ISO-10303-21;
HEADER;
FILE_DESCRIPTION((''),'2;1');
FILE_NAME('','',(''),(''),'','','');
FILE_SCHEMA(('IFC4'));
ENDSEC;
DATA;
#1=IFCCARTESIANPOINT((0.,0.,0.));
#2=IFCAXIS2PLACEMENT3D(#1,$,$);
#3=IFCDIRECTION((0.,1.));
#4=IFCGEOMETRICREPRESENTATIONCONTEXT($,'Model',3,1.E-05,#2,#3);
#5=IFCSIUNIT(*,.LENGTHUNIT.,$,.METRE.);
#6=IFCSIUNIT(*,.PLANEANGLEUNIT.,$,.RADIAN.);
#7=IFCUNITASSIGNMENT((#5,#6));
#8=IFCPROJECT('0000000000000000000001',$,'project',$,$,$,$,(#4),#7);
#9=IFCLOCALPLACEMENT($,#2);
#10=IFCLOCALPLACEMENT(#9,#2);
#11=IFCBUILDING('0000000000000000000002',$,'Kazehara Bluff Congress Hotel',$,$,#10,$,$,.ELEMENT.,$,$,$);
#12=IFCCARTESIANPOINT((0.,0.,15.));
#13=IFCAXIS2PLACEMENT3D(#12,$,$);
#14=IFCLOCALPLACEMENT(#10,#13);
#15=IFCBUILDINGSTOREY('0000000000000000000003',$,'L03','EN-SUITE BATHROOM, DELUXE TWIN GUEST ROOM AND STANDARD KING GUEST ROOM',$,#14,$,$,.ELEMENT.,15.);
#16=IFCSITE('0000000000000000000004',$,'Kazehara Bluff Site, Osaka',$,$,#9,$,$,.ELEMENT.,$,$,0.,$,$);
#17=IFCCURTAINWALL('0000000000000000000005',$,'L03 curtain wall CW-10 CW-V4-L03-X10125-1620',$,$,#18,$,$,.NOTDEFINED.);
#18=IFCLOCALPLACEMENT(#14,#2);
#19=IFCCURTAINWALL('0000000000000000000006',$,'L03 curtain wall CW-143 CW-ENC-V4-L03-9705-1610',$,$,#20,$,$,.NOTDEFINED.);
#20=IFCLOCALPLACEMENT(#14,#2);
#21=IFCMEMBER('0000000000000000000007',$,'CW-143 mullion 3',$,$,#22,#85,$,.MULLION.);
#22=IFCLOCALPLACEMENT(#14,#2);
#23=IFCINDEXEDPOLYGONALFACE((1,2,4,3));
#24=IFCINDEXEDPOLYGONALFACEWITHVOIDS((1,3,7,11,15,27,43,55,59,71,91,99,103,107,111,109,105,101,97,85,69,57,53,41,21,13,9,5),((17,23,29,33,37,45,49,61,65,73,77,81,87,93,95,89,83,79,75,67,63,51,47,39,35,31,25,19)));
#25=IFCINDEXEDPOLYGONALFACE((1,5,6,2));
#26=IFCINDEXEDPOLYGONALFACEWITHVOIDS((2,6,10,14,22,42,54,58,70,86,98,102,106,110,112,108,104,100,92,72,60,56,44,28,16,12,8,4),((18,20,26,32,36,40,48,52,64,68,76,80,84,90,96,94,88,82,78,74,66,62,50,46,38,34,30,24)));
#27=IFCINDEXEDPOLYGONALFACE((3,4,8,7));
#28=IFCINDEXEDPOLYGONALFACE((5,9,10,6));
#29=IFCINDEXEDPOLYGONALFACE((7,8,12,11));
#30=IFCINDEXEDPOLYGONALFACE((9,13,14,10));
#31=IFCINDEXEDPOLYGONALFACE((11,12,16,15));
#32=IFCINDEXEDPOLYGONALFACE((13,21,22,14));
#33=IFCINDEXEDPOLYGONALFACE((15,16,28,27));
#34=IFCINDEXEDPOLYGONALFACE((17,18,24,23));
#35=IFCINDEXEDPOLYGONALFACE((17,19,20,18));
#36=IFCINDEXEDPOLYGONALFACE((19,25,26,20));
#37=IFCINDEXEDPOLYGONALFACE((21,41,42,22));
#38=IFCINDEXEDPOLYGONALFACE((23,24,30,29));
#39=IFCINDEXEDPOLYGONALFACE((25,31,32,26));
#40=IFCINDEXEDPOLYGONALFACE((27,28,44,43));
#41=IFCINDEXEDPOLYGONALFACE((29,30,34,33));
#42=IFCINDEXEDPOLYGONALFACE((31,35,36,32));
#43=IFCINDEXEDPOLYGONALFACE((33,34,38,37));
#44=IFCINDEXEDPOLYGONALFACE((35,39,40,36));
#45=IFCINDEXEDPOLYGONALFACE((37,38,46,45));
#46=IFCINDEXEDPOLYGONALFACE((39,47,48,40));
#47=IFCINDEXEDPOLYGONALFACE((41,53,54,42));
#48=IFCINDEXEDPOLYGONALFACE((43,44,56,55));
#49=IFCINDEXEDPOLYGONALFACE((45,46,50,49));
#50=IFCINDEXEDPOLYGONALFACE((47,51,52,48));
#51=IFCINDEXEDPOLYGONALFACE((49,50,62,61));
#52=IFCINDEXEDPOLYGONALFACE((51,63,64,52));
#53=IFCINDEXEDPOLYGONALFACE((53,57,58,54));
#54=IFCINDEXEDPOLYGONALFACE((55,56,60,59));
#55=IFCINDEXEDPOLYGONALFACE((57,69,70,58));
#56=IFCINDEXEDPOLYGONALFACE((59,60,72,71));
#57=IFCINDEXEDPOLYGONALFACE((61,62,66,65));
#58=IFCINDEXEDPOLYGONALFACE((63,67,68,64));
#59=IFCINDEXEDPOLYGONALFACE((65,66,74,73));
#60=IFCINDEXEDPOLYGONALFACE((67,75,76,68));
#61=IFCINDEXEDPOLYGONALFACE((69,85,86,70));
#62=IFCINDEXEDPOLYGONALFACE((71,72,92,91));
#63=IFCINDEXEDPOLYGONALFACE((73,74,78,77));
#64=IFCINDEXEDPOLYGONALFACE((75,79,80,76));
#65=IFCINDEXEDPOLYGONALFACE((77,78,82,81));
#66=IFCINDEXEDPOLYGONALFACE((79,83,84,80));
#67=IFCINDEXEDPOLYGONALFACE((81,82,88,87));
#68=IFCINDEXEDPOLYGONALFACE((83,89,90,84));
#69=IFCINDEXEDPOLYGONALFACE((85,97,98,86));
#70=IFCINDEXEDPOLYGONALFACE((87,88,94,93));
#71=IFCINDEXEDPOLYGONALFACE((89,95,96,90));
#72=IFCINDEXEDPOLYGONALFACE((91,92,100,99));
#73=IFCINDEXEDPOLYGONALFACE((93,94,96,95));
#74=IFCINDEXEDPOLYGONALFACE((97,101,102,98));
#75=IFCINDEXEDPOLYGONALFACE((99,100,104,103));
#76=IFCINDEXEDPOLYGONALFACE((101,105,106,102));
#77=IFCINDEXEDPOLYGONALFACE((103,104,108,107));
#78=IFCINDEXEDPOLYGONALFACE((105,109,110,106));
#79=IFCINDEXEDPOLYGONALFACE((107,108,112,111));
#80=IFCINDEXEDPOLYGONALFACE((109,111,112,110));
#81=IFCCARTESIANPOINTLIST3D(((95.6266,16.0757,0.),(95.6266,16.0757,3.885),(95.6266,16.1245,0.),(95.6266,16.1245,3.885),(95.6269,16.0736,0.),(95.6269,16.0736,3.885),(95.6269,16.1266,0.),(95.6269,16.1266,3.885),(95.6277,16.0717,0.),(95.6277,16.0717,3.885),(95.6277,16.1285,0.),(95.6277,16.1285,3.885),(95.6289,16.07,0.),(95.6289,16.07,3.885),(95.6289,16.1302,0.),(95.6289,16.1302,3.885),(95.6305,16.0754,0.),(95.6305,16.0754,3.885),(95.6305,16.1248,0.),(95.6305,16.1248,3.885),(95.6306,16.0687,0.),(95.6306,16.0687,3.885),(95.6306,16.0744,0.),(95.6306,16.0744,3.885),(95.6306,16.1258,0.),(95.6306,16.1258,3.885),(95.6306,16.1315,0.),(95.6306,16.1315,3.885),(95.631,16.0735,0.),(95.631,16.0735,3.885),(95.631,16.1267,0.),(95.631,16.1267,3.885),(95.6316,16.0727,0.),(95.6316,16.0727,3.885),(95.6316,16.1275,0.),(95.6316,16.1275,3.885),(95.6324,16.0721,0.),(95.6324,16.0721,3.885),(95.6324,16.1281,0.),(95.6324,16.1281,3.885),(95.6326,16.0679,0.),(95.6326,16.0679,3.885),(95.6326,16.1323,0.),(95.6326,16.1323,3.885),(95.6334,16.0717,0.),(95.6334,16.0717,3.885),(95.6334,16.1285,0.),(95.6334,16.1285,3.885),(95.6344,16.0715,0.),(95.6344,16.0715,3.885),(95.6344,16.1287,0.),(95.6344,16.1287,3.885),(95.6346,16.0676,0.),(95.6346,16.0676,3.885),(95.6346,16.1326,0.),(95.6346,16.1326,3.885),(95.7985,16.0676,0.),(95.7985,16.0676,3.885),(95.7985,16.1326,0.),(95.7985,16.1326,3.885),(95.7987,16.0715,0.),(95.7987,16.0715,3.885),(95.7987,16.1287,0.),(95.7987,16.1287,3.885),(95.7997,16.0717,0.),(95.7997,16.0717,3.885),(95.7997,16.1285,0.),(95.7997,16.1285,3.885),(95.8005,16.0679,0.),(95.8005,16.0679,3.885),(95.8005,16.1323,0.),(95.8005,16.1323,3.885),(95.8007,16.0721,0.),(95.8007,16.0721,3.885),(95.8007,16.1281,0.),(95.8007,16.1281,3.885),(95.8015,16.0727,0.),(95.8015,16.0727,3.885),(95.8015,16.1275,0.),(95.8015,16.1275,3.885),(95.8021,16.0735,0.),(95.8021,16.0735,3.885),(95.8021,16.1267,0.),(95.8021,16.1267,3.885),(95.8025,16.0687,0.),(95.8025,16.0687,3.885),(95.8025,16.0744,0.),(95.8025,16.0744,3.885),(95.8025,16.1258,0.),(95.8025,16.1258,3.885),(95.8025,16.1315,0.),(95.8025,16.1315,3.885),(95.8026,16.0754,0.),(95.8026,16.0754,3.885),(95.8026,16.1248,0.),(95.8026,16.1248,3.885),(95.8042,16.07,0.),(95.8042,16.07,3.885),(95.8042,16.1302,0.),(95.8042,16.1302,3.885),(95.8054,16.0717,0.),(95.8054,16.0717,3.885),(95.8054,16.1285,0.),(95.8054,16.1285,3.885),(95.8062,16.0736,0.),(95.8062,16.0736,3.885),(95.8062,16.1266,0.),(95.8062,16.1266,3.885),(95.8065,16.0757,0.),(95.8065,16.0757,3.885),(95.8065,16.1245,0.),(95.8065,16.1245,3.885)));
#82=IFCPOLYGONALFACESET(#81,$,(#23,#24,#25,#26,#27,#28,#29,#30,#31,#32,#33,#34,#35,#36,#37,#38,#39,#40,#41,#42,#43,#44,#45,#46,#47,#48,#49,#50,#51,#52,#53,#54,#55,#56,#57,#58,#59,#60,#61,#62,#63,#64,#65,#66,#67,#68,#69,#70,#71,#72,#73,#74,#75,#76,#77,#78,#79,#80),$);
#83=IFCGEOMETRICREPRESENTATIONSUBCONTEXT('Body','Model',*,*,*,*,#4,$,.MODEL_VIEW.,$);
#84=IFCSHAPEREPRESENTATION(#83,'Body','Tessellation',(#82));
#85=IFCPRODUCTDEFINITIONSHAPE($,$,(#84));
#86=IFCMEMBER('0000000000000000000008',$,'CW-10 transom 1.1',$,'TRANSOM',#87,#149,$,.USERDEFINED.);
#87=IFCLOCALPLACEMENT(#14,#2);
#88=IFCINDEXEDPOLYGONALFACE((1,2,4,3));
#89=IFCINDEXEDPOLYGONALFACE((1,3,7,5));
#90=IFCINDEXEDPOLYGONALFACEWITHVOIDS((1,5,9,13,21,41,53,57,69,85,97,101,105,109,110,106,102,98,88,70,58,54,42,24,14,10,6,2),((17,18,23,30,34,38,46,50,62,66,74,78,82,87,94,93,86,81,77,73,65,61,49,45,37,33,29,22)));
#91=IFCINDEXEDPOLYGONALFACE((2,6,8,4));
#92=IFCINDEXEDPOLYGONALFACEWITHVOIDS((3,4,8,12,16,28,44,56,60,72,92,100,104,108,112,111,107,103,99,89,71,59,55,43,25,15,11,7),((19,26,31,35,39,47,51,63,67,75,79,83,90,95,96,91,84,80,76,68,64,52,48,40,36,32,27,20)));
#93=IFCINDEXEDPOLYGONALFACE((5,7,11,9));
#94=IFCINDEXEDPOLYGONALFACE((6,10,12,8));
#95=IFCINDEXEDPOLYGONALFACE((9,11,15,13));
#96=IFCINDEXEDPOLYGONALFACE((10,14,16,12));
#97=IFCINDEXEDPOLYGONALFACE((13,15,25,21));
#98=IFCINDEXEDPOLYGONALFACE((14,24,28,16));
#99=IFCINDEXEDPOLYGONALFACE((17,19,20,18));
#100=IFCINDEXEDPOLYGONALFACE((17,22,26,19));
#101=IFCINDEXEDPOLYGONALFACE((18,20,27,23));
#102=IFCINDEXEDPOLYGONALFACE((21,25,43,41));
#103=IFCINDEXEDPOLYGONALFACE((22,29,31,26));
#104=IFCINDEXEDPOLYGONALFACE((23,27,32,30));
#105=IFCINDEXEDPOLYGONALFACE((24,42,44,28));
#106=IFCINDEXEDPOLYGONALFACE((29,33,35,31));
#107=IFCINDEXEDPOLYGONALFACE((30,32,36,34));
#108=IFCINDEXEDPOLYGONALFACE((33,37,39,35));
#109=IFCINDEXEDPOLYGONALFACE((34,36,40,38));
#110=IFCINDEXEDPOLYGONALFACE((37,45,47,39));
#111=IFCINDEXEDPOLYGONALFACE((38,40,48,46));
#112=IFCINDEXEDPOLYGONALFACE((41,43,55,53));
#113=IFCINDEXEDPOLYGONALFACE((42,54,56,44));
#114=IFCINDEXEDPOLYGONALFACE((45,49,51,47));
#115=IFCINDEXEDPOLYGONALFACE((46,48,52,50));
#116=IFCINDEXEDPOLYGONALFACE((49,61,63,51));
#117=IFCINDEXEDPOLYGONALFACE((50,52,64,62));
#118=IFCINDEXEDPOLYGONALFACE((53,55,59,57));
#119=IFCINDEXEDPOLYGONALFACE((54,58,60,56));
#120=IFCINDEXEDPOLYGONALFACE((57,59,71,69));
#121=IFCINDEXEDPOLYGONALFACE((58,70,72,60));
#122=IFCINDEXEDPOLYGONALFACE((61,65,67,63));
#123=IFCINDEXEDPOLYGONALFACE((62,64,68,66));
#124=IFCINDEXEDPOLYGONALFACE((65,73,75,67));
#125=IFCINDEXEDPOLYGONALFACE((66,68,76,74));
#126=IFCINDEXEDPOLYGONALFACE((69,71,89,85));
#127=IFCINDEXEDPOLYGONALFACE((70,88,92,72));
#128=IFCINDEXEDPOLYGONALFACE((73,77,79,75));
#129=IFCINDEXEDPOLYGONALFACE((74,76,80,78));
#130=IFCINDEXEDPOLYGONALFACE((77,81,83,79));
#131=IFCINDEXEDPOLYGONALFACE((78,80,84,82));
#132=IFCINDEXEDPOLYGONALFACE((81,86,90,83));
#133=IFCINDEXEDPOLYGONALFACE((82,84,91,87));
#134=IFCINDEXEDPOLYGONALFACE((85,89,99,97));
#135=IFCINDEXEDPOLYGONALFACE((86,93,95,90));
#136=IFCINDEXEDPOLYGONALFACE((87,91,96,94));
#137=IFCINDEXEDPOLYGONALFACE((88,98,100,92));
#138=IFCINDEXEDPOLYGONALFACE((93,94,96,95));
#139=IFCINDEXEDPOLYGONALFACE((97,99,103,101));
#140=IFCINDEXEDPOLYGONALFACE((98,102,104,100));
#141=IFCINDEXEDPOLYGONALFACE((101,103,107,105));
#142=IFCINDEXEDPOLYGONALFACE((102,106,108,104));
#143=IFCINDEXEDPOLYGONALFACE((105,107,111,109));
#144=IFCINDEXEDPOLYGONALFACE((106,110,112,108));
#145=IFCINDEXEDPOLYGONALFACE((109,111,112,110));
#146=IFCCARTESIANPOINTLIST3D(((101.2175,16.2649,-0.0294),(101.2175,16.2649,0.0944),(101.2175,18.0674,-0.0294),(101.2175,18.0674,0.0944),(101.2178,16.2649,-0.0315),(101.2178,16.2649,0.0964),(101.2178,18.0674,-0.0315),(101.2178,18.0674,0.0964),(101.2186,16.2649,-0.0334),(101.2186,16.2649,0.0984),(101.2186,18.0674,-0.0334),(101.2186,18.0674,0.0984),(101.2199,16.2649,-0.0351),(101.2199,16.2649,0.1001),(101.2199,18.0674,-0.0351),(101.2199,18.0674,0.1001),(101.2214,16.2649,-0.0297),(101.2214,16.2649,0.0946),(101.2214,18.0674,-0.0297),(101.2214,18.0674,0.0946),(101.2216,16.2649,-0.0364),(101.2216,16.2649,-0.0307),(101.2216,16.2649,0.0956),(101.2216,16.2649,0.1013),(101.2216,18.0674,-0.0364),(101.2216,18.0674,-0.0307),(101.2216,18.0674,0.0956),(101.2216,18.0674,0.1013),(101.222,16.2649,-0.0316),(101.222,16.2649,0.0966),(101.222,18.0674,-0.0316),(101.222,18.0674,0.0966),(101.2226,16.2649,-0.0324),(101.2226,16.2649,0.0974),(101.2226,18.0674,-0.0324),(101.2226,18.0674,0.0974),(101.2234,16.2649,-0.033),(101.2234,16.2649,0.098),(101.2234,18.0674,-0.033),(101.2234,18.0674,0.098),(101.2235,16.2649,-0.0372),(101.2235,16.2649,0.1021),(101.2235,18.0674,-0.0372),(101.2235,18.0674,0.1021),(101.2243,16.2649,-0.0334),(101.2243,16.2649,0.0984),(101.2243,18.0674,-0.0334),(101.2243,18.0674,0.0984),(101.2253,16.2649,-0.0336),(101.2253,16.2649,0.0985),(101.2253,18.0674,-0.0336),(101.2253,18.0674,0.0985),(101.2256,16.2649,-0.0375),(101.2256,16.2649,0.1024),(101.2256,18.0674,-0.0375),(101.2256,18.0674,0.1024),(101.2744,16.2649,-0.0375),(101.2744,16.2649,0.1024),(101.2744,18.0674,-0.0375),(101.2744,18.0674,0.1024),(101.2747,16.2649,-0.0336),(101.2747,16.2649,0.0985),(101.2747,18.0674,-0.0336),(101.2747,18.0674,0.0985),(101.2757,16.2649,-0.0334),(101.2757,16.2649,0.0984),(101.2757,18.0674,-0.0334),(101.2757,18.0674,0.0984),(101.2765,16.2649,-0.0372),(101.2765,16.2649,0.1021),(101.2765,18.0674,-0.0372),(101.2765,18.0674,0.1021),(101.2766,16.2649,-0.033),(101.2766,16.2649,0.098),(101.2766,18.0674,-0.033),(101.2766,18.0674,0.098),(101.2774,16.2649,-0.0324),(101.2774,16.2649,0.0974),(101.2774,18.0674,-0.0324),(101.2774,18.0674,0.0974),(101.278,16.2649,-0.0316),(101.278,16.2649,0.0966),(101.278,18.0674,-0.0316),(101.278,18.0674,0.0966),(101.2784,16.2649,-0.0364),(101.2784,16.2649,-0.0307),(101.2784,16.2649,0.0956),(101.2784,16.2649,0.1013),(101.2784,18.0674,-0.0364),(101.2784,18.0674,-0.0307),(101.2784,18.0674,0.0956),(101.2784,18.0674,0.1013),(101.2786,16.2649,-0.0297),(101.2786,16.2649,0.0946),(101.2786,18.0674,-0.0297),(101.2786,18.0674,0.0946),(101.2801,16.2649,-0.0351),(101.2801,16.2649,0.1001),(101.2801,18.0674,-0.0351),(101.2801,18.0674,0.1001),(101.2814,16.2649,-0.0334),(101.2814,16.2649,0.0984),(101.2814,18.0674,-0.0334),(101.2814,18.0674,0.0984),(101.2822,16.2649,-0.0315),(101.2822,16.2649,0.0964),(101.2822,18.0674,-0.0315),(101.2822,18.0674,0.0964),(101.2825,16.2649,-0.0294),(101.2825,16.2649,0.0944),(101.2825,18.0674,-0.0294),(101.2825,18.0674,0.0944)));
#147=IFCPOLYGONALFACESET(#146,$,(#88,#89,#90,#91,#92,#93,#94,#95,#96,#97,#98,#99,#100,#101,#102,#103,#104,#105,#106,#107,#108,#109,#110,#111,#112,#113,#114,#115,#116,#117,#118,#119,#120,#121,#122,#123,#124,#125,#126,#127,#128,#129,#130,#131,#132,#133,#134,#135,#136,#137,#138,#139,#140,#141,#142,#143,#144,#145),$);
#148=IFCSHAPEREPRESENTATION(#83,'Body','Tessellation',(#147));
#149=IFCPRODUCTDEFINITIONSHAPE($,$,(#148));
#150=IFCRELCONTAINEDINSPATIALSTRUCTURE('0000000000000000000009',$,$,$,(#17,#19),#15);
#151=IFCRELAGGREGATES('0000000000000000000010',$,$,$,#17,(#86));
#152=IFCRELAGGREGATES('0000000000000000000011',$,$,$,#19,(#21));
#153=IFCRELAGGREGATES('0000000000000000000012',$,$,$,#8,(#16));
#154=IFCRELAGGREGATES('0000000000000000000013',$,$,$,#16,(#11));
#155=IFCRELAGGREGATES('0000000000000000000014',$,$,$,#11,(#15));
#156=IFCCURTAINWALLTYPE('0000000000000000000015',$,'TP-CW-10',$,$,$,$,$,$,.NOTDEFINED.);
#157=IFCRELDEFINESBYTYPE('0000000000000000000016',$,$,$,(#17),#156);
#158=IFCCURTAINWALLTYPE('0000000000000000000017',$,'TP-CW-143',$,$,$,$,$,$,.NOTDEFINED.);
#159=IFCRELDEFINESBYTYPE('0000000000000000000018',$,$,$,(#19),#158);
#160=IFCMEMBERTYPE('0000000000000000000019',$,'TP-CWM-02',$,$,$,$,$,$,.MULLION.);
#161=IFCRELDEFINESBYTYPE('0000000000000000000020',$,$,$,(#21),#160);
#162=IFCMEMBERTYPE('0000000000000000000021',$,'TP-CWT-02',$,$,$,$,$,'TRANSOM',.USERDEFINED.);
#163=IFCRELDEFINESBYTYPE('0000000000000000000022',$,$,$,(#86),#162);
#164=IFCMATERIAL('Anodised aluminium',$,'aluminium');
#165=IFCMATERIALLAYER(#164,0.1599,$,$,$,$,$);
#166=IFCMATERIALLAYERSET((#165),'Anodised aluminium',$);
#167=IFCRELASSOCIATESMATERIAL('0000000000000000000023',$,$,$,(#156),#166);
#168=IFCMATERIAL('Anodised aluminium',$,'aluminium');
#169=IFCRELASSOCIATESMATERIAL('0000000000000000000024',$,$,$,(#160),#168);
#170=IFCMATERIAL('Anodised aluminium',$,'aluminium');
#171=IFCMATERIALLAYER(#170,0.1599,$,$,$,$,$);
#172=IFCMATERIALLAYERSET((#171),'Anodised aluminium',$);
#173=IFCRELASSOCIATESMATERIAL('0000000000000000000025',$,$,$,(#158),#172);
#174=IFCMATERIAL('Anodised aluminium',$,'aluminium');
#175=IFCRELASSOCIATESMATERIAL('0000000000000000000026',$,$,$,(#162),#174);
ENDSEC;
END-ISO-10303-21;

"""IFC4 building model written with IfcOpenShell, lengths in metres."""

from ifc_helpers import new_model, si_unit, direction, frame, origin, origin_2d, place, context, subcontext, project, spatial, hollow_rectangle, extrude, material, layer, layer_set, material_profile, profile_set, type_object, element, aggregate, save


model = new_model("IFC4")

# Units and contexts
model_context = context("Model", 3, precision=1e-05, world=origin(), true_north=direction((0.0, 1.0)))
body_context = subcontext(model_context, "Body", "Model", "MODEL_VIEW")
ifc_project = project(units=[si_unit("LENGTHUNIT", "METRE"), si_unit("PLANEANGLEUNIT", "RADIAN")], contexts=[model_context])

# Site, building, storey
site_placement = place(None, origin())
site = spatial("IfcSite", under=ifc_project, at=site_placement, Name="Kazehara Bluff Site, Osaka", CompositionType="ELEMENT", RefElevation=0.0)
building_placement = place(site_placement, origin())
building = spatial("IfcBuilding", under=site, at=building_placement, Name="Kazehara Bluff Congress Hotel", CompositionType="ELEMENT")
storey_placement = place(building_placement, frame((0.0, 0.0, 15.0)))
storey = spatial("IfcBuildingStorey", under=building, at=storey_placement, Name="L03", Description="EN-SUITE BATHROOM, DELUXE TWIN GUEST ROOM AND STANDARD KING GUEST ROOM", CompositionType="ELEMENT", Elevation=15.0)

# Curtain walls, member
ifc_material_1 = material(Name="Anodised aluminium", Category="aluminium")
ifc_layer_1 = layer(ifc_material_1, 0.1599)
ifc_layer_set_1 = layer_set([ifc_layer_1], Name="Anodised aluminium")
curtain_wall_type_1 = type_object("IfcCurtainWallType", Name="TP-CW-10", PredefinedType="NOTDEFINED", material=ifc_layer_set_1)
curtain_wall_1_placement = place(storey_placement, origin())
curtain_wall_1 = element("IfcCurtainWall", 1, at=curtain_wall_1_placement, inside=storey, type_object=curtain_wall_type_1, Name="L03 curtain wall CW-10 CW-V4-L03-X10125-1620", PredefinedType="NOTDEFINED")
ifc_material_2 = material(Name="Anodised aluminium", Category="aluminium")
ifc_material_profile_1 = material_profile(ifc_material_2, hollow_rectangle(XDim=0.0649, YDim=0.1799, WallThickness=0.0039, InnerFilletRadius=0.0039, OuterFilletRadius=0.0081, at=origin_2d()))
ifc_profile_set_1 = profile_set([ifc_material_profile_1], Name="Anodised aluminium")
member_type_1 = type_object("IfcMemberType", Name="TP-CWM-02", PredefinedType="MULLION", material=ifc_profile_set_1)
ifc_material_3 = material(Name="Anodised aluminium", Category="aluminium")
ifc_layer_2 = layer(ifc_material_3, 0.1599)
ifc_layer_set_2 = layer_set([ifc_layer_2], Name="Anodised aluminium")
curtain_wall_type_2 = type_object("IfcCurtainWallType", Name="TP-CW-143", PredefinedType="NOTDEFINED", material=ifc_layer_set_2)
curtain_wall_2_placement = place(storey_placement, origin())
curtain_wall_2 = element("IfcCurtainWall", 2, at=curtain_wall_2_placement, inside=storey, type_object=curtain_wall_type_2, Name="L03 curtain wall CW-143 CW-ENC-V4-L03-9705-1610", PredefinedType="NOTDEFINED")
member_1_placement = place(storey_placement, frame((95.7166, 16.1001, 0.0), z_axis=(0.0, 0.0, 1.0), x_axis=(0.0, -1.0, 0.0)))
member_1 = element("IfcMember", 3, at=member_1_placement, type_object=member_type_1, Name="CW-143 mullion 3", PredefinedType="MULLION", context=body_context, shape_type="SweptSolid", body=[
    extrude(hollow_rectangle(XDim=0.0649, YDim=0.1799, WallThickness=0.0039, InnerFilletRadius=0.0039, OuterFilletRadius=0.0081, at=origin_2d()), origin(), (0.0, 0.0, 1.0), 3.885),
])

# Member
ifc_material_4 = material(Name="Anodised aluminium", Category="aluminium")
ifc_material_profile_2 = material_profile(ifc_material_4, hollow_rectangle(XDim=0.0649, YDim=0.1399, WallThickness=0.0039, InnerFilletRadius=0.0039, OuterFilletRadius=0.0081, at=origin_2d()))
ifc_profile_set_2 = profile_set([ifc_material_profile_2], Name="Anodised aluminium")
member_type_2 = type_object("IfcMemberType", Name="TP-CWT-02", ElementType="TRANSOM", PredefinedType="USERDEFINED", material=ifc_profile_set_2)
member_2_placement = place(storey_placement, frame((101.25, 16.2649, 0.0325), z_axis=(0.0, 1.0, 0.0), x_axis=(-1.0, 0.0, 0.0)))
member_2 = element("IfcMember", 4, at=member_2_placement, type_object=member_type_2, Name="CW-10 transom 1.1", ObjectType="TRANSOM", PredefinedType="USERDEFINED", context=body_context, shape_type="SweptSolid", body=[
    extrude(hollow_rectangle(XDim=0.0649, YDim=0.1399, WallThickness=0.0039, InnerFilletRadius=0.0039, OuterFilletRadius=0.0081, at=origin_2d()), origin(), (0.0, 0.0, 1.0), 1.8025),
])

aggregate(curtain_wall_1, [member_2])
aggregate(curtain_wall_2, [member_1])

save(model, "model.ifc")
